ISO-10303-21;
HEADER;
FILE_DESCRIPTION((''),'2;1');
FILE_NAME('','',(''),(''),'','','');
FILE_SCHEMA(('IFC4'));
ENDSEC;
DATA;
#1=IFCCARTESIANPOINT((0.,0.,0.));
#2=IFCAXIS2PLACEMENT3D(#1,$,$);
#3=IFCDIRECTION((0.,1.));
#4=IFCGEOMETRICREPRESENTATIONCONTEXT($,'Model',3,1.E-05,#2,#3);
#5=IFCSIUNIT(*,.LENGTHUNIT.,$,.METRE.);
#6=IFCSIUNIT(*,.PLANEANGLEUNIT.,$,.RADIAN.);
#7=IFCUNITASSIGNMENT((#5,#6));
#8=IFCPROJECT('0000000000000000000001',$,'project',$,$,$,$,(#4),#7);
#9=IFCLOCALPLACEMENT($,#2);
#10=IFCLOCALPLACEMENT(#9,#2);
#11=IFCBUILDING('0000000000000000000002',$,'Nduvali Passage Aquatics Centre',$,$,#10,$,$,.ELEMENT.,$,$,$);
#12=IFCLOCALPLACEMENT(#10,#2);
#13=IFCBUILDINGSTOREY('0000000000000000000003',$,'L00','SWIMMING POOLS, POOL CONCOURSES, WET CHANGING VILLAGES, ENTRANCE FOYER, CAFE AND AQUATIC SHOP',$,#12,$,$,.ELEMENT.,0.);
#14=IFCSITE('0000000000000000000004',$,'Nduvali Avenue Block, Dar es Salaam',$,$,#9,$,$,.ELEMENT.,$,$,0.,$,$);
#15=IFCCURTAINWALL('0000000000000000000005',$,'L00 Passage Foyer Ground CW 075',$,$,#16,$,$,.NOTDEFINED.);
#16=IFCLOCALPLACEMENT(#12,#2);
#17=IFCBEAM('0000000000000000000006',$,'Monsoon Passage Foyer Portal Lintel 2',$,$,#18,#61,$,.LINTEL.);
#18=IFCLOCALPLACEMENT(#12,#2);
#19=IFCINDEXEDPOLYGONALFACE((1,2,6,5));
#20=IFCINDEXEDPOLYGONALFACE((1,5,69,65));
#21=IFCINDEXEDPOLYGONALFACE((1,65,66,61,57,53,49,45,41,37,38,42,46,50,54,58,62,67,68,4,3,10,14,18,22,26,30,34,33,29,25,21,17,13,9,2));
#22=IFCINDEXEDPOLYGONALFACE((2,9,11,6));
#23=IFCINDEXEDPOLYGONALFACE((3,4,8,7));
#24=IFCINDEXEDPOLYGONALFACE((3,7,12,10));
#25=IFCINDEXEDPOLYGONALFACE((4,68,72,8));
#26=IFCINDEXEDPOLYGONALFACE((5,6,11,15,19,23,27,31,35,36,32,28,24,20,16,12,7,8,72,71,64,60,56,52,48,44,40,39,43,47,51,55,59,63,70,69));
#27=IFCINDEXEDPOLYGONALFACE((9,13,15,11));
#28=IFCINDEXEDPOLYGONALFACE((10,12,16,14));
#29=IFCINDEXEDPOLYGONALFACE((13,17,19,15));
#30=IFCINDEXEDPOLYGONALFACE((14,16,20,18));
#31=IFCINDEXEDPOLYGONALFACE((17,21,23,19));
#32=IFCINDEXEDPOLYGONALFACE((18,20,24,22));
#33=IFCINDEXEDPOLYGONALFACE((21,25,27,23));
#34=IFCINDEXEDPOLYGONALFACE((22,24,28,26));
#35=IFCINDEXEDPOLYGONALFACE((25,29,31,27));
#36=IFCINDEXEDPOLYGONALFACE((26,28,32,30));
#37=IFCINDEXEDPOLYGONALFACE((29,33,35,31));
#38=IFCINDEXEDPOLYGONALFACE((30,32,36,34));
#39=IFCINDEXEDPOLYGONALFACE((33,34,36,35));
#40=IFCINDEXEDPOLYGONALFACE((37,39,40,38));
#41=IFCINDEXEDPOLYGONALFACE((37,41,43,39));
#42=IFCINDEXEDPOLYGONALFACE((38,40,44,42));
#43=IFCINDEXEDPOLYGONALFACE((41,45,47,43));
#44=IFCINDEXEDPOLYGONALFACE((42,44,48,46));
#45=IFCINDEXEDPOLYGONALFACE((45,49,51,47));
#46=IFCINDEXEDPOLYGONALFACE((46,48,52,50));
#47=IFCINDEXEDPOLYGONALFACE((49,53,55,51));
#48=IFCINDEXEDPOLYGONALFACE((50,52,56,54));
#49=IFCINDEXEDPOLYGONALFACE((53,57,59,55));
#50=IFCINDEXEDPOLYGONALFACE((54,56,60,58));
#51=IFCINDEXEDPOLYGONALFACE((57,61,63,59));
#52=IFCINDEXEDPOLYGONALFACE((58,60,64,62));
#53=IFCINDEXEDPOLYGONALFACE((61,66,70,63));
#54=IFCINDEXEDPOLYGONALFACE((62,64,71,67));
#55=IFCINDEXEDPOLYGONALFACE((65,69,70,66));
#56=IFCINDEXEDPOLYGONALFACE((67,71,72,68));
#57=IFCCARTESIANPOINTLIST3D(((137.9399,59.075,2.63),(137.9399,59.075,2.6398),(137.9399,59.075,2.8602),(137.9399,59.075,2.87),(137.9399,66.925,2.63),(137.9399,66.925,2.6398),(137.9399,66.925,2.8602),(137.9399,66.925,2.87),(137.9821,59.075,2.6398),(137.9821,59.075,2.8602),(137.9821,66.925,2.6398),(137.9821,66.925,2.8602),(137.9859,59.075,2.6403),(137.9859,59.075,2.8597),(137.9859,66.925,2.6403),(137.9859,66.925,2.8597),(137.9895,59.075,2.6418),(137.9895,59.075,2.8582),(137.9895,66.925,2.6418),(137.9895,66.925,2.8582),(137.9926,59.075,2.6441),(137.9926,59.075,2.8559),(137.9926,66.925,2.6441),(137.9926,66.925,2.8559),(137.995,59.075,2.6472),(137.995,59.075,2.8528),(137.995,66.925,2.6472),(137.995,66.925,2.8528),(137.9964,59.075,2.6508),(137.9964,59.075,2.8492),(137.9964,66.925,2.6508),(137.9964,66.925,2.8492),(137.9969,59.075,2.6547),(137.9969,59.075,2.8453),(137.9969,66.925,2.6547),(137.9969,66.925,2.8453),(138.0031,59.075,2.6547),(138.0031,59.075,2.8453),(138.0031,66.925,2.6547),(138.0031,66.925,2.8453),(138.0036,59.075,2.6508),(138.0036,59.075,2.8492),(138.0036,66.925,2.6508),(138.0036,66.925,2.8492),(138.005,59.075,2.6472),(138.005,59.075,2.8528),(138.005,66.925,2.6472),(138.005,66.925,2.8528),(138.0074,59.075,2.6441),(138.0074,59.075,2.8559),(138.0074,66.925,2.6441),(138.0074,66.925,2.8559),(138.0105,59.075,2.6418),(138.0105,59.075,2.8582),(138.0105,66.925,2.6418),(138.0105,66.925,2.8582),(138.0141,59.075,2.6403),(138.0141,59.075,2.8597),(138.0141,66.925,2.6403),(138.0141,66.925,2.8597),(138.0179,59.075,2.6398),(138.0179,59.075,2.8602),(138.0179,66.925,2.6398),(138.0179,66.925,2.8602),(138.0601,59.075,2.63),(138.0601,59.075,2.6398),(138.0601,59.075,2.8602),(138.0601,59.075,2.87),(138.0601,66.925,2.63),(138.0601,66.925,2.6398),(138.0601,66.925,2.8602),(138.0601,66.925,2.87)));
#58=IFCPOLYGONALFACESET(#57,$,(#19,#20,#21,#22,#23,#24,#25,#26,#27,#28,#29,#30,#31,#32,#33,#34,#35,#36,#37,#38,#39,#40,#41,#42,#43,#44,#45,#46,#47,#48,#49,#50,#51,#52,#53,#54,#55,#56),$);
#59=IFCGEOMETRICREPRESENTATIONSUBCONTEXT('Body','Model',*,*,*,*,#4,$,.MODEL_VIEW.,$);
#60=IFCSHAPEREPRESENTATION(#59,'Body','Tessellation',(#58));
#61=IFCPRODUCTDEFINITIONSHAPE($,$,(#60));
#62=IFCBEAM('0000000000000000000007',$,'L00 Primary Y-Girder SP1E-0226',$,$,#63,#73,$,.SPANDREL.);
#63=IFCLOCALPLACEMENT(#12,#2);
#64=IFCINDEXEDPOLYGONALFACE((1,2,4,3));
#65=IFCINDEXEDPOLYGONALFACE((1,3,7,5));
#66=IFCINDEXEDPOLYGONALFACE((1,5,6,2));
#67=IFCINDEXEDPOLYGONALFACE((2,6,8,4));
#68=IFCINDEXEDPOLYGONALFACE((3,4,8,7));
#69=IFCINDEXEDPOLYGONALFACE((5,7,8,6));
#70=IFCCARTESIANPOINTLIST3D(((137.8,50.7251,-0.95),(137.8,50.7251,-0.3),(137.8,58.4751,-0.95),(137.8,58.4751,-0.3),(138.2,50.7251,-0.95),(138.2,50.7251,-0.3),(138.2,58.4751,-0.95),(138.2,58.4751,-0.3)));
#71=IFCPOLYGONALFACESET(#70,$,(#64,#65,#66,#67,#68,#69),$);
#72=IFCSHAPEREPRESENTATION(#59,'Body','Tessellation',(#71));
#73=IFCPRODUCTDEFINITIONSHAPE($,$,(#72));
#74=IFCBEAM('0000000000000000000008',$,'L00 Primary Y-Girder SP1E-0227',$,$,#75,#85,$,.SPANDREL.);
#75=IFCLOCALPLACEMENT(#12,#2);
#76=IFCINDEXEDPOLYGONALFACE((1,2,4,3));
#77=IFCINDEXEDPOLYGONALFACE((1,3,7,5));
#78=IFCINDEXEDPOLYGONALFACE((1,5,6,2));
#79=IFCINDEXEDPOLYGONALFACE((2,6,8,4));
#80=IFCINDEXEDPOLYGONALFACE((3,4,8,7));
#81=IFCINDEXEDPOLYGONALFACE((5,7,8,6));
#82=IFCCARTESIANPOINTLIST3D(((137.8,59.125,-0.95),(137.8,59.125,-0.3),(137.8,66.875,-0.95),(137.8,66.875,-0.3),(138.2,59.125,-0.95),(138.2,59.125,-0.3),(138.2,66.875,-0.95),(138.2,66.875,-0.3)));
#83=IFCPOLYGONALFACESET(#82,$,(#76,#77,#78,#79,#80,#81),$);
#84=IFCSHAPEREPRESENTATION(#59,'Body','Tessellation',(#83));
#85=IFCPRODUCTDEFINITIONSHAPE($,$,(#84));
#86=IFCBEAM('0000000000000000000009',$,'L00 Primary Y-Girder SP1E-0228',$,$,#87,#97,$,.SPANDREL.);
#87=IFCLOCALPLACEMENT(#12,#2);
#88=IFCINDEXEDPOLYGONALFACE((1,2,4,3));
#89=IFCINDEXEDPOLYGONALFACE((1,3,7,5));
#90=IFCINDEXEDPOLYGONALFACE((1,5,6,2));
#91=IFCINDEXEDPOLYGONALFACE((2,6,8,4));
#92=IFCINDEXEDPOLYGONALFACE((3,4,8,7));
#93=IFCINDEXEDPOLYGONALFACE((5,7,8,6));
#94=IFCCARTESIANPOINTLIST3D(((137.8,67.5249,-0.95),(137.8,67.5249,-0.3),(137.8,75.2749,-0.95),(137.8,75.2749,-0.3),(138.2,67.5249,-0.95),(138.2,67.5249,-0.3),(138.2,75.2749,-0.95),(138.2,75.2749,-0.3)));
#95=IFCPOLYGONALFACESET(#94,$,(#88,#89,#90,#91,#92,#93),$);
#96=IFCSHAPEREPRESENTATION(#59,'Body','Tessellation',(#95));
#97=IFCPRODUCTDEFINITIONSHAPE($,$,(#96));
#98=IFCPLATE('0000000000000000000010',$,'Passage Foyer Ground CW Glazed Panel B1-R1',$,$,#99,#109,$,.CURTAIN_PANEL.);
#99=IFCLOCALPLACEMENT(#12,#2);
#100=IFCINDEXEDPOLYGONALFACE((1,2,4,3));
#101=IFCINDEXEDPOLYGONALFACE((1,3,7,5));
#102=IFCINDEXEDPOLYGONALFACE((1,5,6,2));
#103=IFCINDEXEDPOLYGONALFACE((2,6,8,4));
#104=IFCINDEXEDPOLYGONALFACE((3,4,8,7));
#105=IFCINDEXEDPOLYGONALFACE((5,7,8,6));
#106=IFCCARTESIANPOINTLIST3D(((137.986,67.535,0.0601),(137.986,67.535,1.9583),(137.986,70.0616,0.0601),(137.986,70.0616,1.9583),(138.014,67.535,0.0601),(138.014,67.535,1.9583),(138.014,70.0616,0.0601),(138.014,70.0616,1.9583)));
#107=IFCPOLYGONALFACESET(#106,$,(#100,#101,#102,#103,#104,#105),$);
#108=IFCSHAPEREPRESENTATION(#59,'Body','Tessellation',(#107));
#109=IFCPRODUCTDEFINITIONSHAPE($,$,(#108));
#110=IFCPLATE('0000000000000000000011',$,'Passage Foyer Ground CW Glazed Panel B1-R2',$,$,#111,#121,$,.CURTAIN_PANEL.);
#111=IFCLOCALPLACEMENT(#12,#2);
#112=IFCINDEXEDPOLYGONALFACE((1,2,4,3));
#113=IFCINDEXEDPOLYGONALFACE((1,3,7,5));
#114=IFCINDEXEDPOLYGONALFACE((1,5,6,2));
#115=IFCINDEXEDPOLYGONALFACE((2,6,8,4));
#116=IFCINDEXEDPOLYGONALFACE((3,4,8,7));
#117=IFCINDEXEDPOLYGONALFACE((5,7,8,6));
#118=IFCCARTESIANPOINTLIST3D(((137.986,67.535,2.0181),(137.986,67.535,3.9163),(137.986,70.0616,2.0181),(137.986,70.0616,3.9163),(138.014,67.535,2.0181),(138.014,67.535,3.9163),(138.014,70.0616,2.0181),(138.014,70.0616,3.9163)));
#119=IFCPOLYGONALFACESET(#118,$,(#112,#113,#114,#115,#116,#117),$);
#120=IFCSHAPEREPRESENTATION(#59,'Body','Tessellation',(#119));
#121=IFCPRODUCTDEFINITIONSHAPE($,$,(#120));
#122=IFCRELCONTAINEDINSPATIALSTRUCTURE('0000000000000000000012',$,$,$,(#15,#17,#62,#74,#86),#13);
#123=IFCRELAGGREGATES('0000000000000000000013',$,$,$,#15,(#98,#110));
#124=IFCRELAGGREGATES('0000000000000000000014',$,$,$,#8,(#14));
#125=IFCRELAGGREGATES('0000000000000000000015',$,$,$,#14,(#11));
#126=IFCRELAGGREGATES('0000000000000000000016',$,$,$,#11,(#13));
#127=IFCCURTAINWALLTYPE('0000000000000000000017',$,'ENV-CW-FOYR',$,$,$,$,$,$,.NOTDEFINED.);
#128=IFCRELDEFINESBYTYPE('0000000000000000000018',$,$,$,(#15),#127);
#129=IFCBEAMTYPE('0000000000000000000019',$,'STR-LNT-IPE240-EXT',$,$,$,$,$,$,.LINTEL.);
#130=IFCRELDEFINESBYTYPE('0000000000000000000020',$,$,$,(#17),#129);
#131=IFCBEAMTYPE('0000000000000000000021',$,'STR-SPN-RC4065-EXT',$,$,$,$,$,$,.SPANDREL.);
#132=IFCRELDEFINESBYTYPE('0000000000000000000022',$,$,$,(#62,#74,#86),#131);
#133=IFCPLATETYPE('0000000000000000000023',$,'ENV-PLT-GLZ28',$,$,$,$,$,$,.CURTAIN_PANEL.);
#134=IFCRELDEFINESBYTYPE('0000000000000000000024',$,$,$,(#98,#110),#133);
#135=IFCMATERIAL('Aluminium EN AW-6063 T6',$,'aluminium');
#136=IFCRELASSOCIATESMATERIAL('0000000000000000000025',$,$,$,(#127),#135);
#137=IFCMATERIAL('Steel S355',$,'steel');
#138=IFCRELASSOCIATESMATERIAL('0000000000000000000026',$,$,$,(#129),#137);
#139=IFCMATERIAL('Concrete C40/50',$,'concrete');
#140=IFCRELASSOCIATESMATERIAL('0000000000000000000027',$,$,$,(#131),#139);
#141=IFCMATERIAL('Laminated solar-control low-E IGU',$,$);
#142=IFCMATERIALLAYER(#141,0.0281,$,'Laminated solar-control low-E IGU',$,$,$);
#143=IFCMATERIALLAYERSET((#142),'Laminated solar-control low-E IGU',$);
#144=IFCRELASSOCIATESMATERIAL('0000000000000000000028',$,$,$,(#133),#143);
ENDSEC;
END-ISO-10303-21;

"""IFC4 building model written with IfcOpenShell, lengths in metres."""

from ifc_helpers import new_model, si_unit, direction, frame, origin, origin_2d, place, context, subcontext, project, spatial, rectangle, i_section, extrude, material, layer, layer_set, material_profile, profile_set, type_object, element, aggregate, save


model = new_model("IFC4")

# Units and contexts
model_context = context("Model", 3, precision=1e-05, world=origin(), true_north=direction((0.0, 1.0)))
body_context = subcontext(model_context, "Body", "Model", "MODEL_VIEW")
ifc_project = project(units=[si_unit("LENGTHUNIT", "METRE"), si_unit("PLANEANGLEUNIT", "RADIAN")], contexts=[model_context])

# Site, building, storey
site_placement = place(None, origin())
site = spatial("IfcSite", under=ifc_project, at=site_placement, Name="Nduvali Avenue Block, Dar es Salaam", CompositionType="ELEMENT", RefElevation=0.0)
building_placement = place(site_placement, origin())
building = spatial("IfcBuilding", under=site, at=building_placement, Name="Nduvali Passage Aquatics Centre", CompositionType="ELEMENT")
storey_placement = place(building_placement, origin())
storey = spatial("IfcBuildingStorey", under=building, at=storey_placement, Name="L00", Description="SWIMMING POOLS, POOL CONCOURSES, WET CHANGING VILLAGES, ENTRANCE FOYER, CAFE AND AQUATIC SHOP", CompositionType="ELEMENT", Elevation=0.0)

# Shared definitions
ifc_material_1 = material(Name="Concrete C40/50", Category="concrete")
ifc_material_2 = material(Name="Steel S355", Category="steel")

# Curtain wall
ifc_material_3 = material(Name="Aluminium EN AW-6063 T6", Category="aluminium")
curtain_wall_type = type_object("IfcCurtainWallType", Name="ENV-CW-FOYR", PredefinedType="NOTDEFINED", material=ifc_material_3)
curtain_wall_placement = place(storey_placement, origin())
curtain_wall = element("IfcCurtainWall", 1, at=curtain_wall_placement, inside=storey, type_object=curtain_wall_type, Name="L00 Passage Foyer Ground CW 075", PredefinedType="NOTDEFINED")

# Beams
ifc_material_profile_1 = material_profile(ifc_material_2, i_section(OverallWidth=0.1201, OverallDepth=0.24, WebThickness=0.0061, FlangeThickness=0.0098, FilletRadius=0.0149, at=origin_2d()), Name="IPE 240")
ifc_profile_set_1 = profile_set([ifc_material_profile_1], Name="Steel S355")
beam_type_1 = type_object("IfcBeamType", Name="STR-LNT-IPE240-EXT", PredefinedType="LINTEL", material=ifc_profile_set_1)
beam_1_placement = place(storey_placement, frame((138.0, 59.075, 2.75), z_axis=(0.0, 1.0, 0.0), x_axis=(-1.0, 0.0, 0.0)))
element("IfcBeam", 2, at=beam_1_placement, inside=storey, type_object=beam_type_1, Name="Monsoon Passage Foyer Portal Lintel 2", PredefinedType="LINTEL", context=body_context, shape_type="SweptSolid", body=[
    extrude(i_section(OverallWidth=0.1201, OverallDepth=0.24, WebThickness=0.0061, FlangeThickness=0.0098, FilletRadius=0.0149, at=origin_2d()), origin(), (0.0, 0.0, 1.0), 7.8501),
])
ifc_material_profile_2 = material_profile(ifc_material_1, rectangle(XDim=0.3999, YDim=0.6499, at=origin_2d()), Name="RC 400x650")
ifc_profile_set_2 = profile_set([ifc_material_profile_2], Name="Concrete C40/50")
beam_type_2 = type_object("IfcBeamType", Name="STR-SPN-RC4065-EXT", PredefinedType="SPANDREL", material=ifc_profile_set_2)
for number, where, z_axis, x_axis, name in (
    (3, (138.0, 50.7251, -0.625), (0.0, 1.0, 0.0), (-1.0, 0.0, 0.0), "L00 Primary Y-Girder SP1E-0226"),
    (4, (138.0, 59.125, -0.625), (0.0, 1.0, 0.0), (-1.0, 0.0, 0.0), "L00 Primary Y-Girder SP1E-0227"),
    (5, (138.0, 67.5249, -0.625), (0.0, 1.0, 0.0), (-1.0, 0.0, 0.0), "L00 Primary Y-Girder SP1E-0228"),
):
    element("IfcBeam", number, at=place(storey_placement, frame(where, z_axis=z_axis, x_axis=x_axis)), inside=storey, type_object=beam_type_2, Name=name, PredefinedType="SPANDREL", context=body_context, shape_type="SweptSolid", body=[
        extrude(rectangle(XDim=0.3999, YDim=0.6499, at=origin_2d()), origin(), (0.0, 0.0, 1.0), 7.75),
    ])

# Plates
ifc_material_4 = material(Name="Laminated solar-control low-E IGU")
ifc_layer_1 = layer(ifc_material_4, 0.0281, Name="Laminated solar-control low-E IGU")
ifc_layer_set_1 = layer_set([ifc_layer_1], Name="Laminated solar-control low-E IGU")
plate_type = type_object("IfcPlateType", Name="ENV-PLT-GLZ28", PredefinedType="CURTAIN_PANEL", material=ifc_layer_set_1)
plate_1_placement = place(storey_placement, frame((138.0, 68.7983, 0.0601), z_axis=(0.0, 0.0, 1.0), x_axis=(0.0, 1.0, 0.0)))
plate_1 = element("IfcPlate", 6, at=plate_1_placement, type_object=plate_type, Name="Passage Foyer Ground CW Glazed Panel B1-R1", PredefinedType="CURTAIN_PANEL", context=body_context, shape_type="SweptSolid", body=[
    extrude(rectangle(XDim=2.5266, YDim=0.0281, at=origin_2d()), origin(), (0.0, 0.0, 1.0), 1.8982),
])
plate_2_placement = place(storey_placement, frame((138.0, 68.7983, 2.0181), z_axis=(0.0, 0.0, 1.0), x_axis=(0.0, 1.0, 0.0)))
plate_2 = element("IfcPlate", 7, at=plate_2_placement, type_object=plate_type, Name="Passage Foyer Ground CW Glazed Panel B1-R2", PredefinedType="CURTAIN_PANEL", context=body_context, shape_type="SweptSolid", body=[
    extrude(rectangle(XDim=2.5266, YDim=0.0281, at=origin_2d()), origin(), (0.0, 0.0, 1.0), 1.8982),
])
aggregate(curtain_wall, [plate_1, plate_2])

save(model, "model.ifc")
